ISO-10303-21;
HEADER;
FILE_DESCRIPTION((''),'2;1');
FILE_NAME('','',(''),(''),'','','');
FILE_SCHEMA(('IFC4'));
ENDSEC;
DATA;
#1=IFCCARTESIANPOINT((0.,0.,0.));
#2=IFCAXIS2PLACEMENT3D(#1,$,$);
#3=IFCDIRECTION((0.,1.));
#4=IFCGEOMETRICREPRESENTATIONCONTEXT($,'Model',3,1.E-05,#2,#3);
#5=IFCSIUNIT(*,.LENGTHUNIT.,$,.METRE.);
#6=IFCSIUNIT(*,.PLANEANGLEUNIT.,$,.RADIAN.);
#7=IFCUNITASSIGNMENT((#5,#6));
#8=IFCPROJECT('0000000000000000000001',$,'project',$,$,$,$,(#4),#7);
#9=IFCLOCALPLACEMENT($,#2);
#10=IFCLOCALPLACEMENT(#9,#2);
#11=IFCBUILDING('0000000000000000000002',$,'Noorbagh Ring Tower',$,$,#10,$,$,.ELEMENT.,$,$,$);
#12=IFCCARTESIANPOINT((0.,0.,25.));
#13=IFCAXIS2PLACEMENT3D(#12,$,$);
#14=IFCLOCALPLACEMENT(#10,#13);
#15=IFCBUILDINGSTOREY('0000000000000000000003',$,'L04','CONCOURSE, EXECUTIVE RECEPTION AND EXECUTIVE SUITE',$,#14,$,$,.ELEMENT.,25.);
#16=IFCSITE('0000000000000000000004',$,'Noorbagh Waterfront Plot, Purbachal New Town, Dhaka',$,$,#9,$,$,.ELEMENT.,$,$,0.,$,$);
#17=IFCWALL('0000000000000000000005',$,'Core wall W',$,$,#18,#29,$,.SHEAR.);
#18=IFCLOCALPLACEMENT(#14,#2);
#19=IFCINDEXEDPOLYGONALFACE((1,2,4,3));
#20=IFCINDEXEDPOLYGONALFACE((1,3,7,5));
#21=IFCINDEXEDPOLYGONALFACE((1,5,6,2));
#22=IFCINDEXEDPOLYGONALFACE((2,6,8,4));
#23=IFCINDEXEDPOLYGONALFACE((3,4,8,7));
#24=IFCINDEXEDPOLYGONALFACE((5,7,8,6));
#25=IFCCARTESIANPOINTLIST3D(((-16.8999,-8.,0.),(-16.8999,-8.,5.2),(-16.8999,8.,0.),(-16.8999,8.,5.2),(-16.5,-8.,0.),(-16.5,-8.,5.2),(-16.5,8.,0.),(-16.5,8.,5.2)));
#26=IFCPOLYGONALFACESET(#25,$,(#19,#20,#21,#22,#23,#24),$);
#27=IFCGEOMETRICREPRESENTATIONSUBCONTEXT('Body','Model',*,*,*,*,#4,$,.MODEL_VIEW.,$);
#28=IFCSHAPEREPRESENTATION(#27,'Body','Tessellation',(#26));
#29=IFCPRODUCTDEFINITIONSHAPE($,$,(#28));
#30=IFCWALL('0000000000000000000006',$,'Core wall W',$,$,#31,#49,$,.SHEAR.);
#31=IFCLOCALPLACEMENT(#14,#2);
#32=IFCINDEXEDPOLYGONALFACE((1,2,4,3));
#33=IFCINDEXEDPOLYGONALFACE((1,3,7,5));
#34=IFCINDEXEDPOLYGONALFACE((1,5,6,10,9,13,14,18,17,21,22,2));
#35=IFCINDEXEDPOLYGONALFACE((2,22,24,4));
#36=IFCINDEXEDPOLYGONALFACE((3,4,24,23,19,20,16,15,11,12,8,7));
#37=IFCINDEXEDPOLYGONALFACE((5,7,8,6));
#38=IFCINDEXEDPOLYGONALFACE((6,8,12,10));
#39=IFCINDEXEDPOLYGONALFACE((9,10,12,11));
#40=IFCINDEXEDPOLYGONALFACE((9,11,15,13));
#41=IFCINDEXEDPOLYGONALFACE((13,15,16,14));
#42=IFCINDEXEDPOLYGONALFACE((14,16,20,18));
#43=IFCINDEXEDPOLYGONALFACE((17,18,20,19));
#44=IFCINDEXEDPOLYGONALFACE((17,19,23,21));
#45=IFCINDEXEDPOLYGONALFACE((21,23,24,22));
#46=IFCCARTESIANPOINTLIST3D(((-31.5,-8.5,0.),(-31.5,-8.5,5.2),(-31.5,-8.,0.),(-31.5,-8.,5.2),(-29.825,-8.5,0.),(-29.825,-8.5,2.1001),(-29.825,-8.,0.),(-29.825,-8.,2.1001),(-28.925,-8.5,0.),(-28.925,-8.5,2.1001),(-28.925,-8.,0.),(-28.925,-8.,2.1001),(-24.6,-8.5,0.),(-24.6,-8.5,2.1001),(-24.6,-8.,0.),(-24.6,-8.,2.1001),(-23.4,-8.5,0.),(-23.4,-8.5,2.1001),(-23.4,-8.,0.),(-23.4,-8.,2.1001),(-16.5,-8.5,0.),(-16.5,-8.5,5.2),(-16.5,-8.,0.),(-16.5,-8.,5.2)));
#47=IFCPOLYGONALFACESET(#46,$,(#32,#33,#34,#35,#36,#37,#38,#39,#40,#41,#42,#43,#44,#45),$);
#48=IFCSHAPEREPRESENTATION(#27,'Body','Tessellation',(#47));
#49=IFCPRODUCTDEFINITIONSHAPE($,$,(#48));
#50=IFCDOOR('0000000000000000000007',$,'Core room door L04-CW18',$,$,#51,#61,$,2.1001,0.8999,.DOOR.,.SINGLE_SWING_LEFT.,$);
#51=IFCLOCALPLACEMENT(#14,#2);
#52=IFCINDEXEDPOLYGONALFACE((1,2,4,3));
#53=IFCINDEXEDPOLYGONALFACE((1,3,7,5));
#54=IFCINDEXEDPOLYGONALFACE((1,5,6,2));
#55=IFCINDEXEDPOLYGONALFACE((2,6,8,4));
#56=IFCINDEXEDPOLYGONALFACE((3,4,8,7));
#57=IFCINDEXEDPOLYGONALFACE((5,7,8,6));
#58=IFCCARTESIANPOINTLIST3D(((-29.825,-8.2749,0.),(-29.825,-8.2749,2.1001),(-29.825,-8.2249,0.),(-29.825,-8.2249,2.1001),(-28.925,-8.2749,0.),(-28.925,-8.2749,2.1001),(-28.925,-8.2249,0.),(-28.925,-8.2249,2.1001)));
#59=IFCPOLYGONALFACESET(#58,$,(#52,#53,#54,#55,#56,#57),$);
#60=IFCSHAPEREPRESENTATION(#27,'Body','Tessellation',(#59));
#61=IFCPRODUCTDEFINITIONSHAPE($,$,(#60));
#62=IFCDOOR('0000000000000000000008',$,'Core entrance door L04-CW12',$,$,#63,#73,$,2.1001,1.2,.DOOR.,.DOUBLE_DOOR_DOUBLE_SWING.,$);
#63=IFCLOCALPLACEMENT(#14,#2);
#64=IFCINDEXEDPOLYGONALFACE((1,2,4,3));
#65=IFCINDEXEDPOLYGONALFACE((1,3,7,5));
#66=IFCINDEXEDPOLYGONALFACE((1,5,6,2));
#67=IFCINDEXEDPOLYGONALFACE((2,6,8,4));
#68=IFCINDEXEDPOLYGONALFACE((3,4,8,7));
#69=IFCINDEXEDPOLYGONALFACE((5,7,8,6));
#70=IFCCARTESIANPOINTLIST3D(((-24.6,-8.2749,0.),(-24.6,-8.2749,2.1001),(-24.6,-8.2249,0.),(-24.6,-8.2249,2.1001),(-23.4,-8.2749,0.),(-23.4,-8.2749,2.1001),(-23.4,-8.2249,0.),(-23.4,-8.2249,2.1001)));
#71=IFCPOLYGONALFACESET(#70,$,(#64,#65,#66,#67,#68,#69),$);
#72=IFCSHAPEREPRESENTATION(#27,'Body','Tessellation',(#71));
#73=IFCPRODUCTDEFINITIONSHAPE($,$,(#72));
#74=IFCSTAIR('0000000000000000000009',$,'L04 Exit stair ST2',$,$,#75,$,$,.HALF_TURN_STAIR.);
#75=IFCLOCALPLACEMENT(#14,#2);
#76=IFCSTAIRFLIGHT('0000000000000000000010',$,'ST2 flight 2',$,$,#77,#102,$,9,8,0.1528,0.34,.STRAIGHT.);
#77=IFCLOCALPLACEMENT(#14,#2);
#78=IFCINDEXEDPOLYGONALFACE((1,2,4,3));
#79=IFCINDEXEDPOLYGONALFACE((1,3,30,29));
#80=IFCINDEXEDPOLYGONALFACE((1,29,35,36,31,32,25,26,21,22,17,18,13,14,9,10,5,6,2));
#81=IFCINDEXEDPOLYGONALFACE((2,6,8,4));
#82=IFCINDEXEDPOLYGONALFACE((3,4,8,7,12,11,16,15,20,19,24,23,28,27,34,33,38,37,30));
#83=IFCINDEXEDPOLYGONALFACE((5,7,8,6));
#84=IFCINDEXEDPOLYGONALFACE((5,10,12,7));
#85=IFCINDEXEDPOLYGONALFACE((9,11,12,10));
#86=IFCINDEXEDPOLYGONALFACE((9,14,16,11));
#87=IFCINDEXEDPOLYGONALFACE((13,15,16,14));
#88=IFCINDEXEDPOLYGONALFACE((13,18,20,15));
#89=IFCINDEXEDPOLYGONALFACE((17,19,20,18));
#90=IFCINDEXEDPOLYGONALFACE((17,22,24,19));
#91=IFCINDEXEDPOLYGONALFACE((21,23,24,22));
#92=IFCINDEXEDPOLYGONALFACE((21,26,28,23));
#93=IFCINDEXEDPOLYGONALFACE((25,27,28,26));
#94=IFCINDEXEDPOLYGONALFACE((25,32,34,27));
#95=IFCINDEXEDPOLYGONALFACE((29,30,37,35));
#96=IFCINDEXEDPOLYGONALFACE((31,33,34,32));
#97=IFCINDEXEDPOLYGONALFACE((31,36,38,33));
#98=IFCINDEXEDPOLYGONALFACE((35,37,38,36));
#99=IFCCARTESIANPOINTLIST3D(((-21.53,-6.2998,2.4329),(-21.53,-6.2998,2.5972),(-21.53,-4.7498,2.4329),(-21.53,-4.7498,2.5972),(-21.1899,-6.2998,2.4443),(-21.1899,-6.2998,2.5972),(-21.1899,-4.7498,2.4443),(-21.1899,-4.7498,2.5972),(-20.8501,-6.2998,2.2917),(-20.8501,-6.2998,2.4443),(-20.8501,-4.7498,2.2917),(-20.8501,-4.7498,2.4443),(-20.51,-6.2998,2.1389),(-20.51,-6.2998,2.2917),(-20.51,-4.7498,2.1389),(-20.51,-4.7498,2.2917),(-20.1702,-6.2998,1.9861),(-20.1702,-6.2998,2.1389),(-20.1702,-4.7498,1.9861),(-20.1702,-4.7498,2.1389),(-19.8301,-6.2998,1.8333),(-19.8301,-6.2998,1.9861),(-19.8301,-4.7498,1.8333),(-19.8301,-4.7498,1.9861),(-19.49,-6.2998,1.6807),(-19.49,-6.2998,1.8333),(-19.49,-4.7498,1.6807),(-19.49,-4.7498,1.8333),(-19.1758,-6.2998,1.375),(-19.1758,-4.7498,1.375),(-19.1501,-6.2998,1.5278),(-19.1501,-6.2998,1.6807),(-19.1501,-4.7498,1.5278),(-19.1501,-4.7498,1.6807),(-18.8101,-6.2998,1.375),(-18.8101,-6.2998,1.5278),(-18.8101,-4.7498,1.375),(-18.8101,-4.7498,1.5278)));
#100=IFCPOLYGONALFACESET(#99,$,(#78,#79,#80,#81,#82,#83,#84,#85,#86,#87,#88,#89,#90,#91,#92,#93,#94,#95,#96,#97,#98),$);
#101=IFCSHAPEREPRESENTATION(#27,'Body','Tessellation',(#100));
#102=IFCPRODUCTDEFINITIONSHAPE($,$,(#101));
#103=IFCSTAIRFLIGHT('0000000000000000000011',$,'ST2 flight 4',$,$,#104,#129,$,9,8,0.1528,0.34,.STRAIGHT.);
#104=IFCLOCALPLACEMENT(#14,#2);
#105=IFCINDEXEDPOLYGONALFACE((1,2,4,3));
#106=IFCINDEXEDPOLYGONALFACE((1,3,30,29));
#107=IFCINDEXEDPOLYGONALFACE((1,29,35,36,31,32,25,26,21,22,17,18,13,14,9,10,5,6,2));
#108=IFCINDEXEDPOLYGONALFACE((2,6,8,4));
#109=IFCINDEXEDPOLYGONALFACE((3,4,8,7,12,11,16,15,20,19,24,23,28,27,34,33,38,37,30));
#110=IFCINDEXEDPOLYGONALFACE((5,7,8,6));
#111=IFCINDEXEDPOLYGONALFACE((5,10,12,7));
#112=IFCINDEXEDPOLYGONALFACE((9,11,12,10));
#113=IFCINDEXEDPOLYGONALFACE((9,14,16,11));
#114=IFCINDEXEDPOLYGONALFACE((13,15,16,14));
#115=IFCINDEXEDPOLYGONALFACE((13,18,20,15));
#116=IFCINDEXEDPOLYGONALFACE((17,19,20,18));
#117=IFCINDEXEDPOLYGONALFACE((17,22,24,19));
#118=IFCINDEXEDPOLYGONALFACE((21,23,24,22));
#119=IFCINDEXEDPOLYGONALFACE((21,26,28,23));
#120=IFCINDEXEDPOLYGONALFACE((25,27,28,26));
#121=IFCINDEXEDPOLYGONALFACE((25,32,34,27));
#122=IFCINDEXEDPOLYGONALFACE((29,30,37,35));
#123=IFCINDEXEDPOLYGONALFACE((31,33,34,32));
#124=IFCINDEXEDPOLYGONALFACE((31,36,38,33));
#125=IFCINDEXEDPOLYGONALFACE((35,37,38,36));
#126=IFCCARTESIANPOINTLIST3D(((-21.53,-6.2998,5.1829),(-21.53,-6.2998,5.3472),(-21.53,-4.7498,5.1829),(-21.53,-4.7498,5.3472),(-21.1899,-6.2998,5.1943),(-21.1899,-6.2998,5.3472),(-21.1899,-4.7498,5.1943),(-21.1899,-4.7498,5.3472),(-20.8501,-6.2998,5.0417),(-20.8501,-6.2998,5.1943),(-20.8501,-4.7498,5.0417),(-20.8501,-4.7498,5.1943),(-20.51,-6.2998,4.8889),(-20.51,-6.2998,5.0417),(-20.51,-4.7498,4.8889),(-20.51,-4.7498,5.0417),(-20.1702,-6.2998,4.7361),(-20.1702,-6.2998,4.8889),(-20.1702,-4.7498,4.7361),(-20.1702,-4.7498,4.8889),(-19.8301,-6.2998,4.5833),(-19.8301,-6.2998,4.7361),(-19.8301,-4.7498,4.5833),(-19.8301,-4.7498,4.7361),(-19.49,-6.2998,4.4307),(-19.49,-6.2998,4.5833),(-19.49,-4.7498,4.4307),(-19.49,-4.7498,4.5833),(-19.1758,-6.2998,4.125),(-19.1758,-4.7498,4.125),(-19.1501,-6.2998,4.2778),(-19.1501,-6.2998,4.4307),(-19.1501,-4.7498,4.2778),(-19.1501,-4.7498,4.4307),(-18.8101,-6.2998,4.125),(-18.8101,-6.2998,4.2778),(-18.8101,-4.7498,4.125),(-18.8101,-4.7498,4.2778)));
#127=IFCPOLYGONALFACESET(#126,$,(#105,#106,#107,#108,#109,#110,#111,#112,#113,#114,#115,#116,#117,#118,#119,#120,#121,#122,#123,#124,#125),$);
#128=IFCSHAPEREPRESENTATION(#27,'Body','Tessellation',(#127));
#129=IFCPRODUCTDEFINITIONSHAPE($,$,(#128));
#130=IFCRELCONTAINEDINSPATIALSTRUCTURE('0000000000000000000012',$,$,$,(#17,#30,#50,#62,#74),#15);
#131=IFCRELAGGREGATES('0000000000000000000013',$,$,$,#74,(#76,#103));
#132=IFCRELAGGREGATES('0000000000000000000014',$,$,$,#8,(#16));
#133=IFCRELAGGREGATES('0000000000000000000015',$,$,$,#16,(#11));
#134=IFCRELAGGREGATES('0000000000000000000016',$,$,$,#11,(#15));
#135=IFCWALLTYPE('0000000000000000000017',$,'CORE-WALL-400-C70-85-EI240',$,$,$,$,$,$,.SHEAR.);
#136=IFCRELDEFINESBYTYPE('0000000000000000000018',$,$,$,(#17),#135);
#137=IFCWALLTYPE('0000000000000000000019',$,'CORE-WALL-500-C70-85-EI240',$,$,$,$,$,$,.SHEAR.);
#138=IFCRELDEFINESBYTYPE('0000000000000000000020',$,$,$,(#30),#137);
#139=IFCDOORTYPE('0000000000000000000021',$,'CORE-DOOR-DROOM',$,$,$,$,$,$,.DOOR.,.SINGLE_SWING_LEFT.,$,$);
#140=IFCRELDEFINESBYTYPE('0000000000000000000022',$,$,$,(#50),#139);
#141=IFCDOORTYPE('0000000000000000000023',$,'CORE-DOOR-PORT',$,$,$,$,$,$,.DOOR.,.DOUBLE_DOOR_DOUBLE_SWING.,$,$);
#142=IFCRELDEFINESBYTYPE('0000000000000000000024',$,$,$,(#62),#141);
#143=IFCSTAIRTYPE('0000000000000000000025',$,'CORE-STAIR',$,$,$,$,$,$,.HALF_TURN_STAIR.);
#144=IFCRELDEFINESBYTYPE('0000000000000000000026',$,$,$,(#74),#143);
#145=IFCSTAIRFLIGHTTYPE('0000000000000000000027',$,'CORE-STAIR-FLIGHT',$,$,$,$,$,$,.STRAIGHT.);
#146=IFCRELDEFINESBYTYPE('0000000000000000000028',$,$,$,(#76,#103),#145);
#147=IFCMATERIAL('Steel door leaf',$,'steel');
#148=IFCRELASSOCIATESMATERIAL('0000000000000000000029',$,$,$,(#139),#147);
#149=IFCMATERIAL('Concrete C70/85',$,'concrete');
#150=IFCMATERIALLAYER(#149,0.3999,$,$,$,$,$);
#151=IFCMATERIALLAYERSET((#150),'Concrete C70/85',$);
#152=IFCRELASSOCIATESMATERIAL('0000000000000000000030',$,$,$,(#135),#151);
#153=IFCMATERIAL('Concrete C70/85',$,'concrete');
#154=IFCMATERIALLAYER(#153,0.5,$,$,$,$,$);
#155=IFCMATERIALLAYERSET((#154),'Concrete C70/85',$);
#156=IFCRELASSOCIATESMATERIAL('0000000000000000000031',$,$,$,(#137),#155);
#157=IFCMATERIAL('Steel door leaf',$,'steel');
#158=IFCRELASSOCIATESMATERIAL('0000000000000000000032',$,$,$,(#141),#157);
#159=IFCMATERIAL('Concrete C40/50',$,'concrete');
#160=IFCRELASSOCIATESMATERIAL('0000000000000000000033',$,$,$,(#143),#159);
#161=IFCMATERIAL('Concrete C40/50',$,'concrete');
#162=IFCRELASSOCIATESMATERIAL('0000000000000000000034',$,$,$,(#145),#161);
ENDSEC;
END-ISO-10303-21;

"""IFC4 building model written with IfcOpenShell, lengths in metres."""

from ifc_helpers import new_model, si_unit, direction, frame, frame_2d, origin, place, context, subcontext, project, spatial, polyline, rectangle, outline, extrude, material, layer, layer_set, type_object, element, fill, aggregate, save


model = new_model("IFC4")

# Units and contexts
model_context = context("Model", 3, precision=1e-05, world=origin(), true_north=direction((0.0, 1.0)))
body_context = subcontext(model_context, "Body", "Model", "MODEL_VIEW")
ifc_project = project(units=[si_unit("LENGTHUNIT", "METRE"), si_unit("PLANEANGLEUNIT", "RADIAN")], contexts=[model_context])

# Site, building, storey
site_placement = place(None, origin())
site = spatial("IfcSite", under=ifc_project, at=site_placement, Name="Noorbagh Waterfront Plot, Purbachal New Town, Dhaka", CompositionType="ELEMENT", RefElevation=0.0)
building_placement = place(site_placement, origin())
building = spatial("IfcBuilding", under=site, at=building_placement, Name="Noorbagh Ring Tower", CompositionType="ELEMENT")
storey_placement = place(building_placement, frame((0.0, 0.0, 25.0)))
storey = spatial("IfcBuildingStorey", under=building, at=storey_placement, Name="L04", Description="CONCOURSE, EXECUTIVE RECEPTION AND EXECUTIVE SUITE", CompositionType="ELEMENT", Elevation=25.0)

# Shared definitions
ifc_material_1 = material(Name="Steel door leaf", Category="steel")
door_type_1 = type_object("IfcDoorType", Name="CORE-DOOR-DROOM", OperationType="SINGLE_SWING_LEFT", PredefinedType="DOOR", material=ifc_material_1)

# Wall
ifc_material_2 = material(Name="Concrete C70/85", Category="concrete")
ifc_layer_1 = layer(ifc_material_2, 0.3999)
ifc_layer_set_1 = layer_set([ifc_layer_1], Name="Concrete C70/85")
wall_type_1 = type_object("IfcWallType", Name="CORE-WALL-400-C70-85-EI240", PredefinedType="SHEAR", material=ifc_layer_set_1)
wall_1_placement = place(storey_placement, frame((-16.7, -8.0, 0.0), z_axis=(0.0, 0.0, 1.0), x_axis=(0.0, 1.0, 0.0)))
element("IfcWall", 1, at=wall_1_placement, inside=storey, type_object=wall_type_1, Name="Core wall W", PredefinedType="SHEAR", context=body_context, shape_type="SweptSolid", body=[
    extrude(rectangle(XDim=16.0, YDim=0.3999, at=frame_2d((8.0, 0.0))), origin(), (0.0, 0.0, 1.0), 5.2),
])

# Wall, openings, doors
ifc_material_3 = material(Name="Concrete C70/85", Category="concrete")
ifc_layer_2 = layer(ifc_material_3, 0.5)
ifc_layer_set_2 = layer_set([ifc_layer_2], Name="Concrete C70/85")
wall_type_2 = type_object("IfcWallType", Name="CORE-WALL-500-C70-85-EI240", PredefinedType="SHEAR", material=ifc_layer_set_2)
wall_2_placement = place(storey_placement, frame((-16.5, -8.25, 0.0), z_axis=(0.0, 0.0, 1.0), x_axis=(-1.0, 0.0, 0.0)))
wall_2 = element("IfcWall", 2, at=wall_2_placement, inside=storey, type_object=wall_type_2, Name="Core wall W", PredefinedType="SHEAR", context=body_context, shape_type="SweptSolid", body=[
    extrude(rectangle(XDim=15.0, YDim=0.5, at=frame_2d((7.5, 0.0))), origin(), (0.0, 0.0, 1.0), 5.2),
])
opening_1_placement = place(wall_2_placement, frame((6.8999, 0.0, 0.0)))
opening_1 = element("IfcOpeningElement", 3, at=opening_1_placement, cuts=wall_2, PredefinedType="OPENING", context=body_context, shape_type="SweptSolid", body=[
    extrude(rectangle(XDim=1.2, YDim=2.1001, at=frame_2d((0.6001, 1.05))), frame((0.0, 0.26, 0.0), z_axis=(0.0, -1.0, 0.0), x_axis=(1.0, 0.0, 0.0)), (0.0, 0.0, 1.0), 0.52),
])
opening_2_placement = place(wall_2_placement, frame((12.425, 0.0, 0.0)))
opening_2 = element("IfcOpeningElement", 4, at=opening_2_placement, cuts=wall_2, PredefinedType="OPENING", context=body_context, shape_type="SweptSolid", body=[
    extrude(rectangle(XDim=0.8999, YDim=2.1001, at=frame_2d((0.45, 1.05))), frame((0.0, 0.26, 0.0), z_axis=(0.0, -1.0, 0.0), x_axis=(1.0, 0.0, 0.0)), (0.0, 0.0, 1.0), 0.52),
])
door_1_placement = place(opening_2_placement, origin())
door_1 = element("IfcDoor", 5, at=door_1_placement, inside=storey, type_object=door_type_1, Name="Core room door L04-CW18", OperationType="SINGLE_SWING_LEFT", OverallHeight=2.1001, OverallWidth=0.8999, PredefinedType="DOOR", context=body_context, shape_type="SweptSolid", body=[
    extrude(rectangle(XDim=0.8999, YDim=2.1001, at=frame_2d((0.45, 1.05))), frame((0.0, 0.0249, 0.0), z_axis=(0.0, -1.0, 0.0), x_axis=(1.0, 0.0, 0.0)), (0.0, 0.0, 1.0), 0.05),
])
fill(opening_2, door_1)
ifc_material_4 = material(Name="Steel door leaf", Category="steel")
door_type_2 = type_object("IfcDoorType", Name="CORE-DOOR-PORT", OperationType="DOUBLE_DOOR_DOUBLE_SWING", PredefinedType="DOOR", material=ifc_material_4)
door_2_placement = place(opening_1_placement, origin())
door_2 = element("IfcDoor", 6, at=door_2_placement, inside=storey, type_object=door_type_2, Name="Core entrance door L04-CW12", OperationType="DOUBLE_DOOR_DOUBLE_SWING", OverallHeight=2.1001, OverallWidth=1.2, PredefinedType="DOOR", context=body_context, shape_type="SweptSolid", body=[
    extrude(rectangle(XDim=1.2, YDim=2.1001, at=frame_2d((0.6001, 1.05))), frame((0.0, 0.0249, 0.0), z_axis=(0.0, -1.0, 0.0), x_axis=(1.0, 0.0, 0.0)), (0.0, 0.0, 1.0), 0.05),
])
fill(opening_1, door_2)

# Stair, stair flights
ifc_material_5 = material(Name="Concrete C40/50", Category="concrete")
stair_type = type_object("IfcStairType", Name="CORE-STAIR", PredefinedType="HALF_TURN_STAIR", material=ifc_material_5)
stair_placement = place(storey_placement, origin())
stair = element("IfcStair", 7, at=stair_placement, inside=storey, type_object=stair_type, Name="L04 Exit stair ST2", PredefinedType="HALF_TURN_STAIR")
ifc_material_6 = material(Name="Concrete C40/50", Category="concrete")
stair_flight_type = type_object("IfcStairFlightType", Name="CORE-STAIR-FLIGHT", PredefinedType="STRAIGHT", material=ifc_material_6)
stair_flight_1_placement = place(storey_placement, frame((-18.8101, -5.5249, 1.375), z_axis=(0.0, 0.0, 1.0), x_axis=(-1.0, 0.0, 0.0)))
stair_flight_1 = element("IfcStairFlight", 8, at=stair_flight_1_placement, type_object=stair_flight_type, Name="ST2 flight 2", NumberOfRisers=9, NumberOfTreads=8, PredefinedType="STRAIGHT", RiserHeight=0.1528, TreadLength=0.34, context=body_context, shape_type="SweptSolid", body=[
    extrude(outline(polyline([(0.0, 0.0), (0.0, 0.1528), (0.3401, 0.1528), (0.3401, 0.3057), (0.6799, 0.3057), (0.6799, 0.4583), (1.02, 0.4583), (1.02, 0.6111), (1.3601, 0.6111), (1.3601, 0.7639), (1.7, 0.7639), (1.7, 0.9167), (2.04, 0.9167), (2.04, 1.0693), (2.3799, 1.0693), (2.3799, 1.2222), (2.72, 1.2222), (2.72, 1.375), (2.72, 1.0579), (0.3657, 0.0), (0.0, 0.0)])), frame((0.0, 0.7749, 0.0), z_axis=(0.0, -1.0, 0.0), x_axis=(1.0, 0.0, 0.0)), (0.0, 0.0, 1.0), 1.55),
])
stair_flight_2_placement = place(storey_placement, frame((-18.8101, -5.5249, 4.125), z_axis=(0.0, 0.0, 1.0), x_axis=(-1.0, 0.0, 0.0)))
stair_flight_2 = element("IfcStairFlight", 9, at=stair_flight_2_placement, type_object=stair_flight_type, Name="ST2 flight 4", NumberOfRisers=9, NumberOfTreads=8, PredefinedType="STRAIGHT", RiserHeight=0.1528, TreadLength=0.34, context=body_context, shape_type="SweptSolid", body=[
    extrude(outline(polyline([(0.0, 0.0), (0.0, 0.1528), (0.3401, 0.1528), (0.3401, 0.3057), (0.6799, 0.3057), (0.6799, 0.4583), (1.02, 0.4583), (1.02, 0.6111), (1.3601, 0.6111), (1.3601, 0.7639), (1.7, 0.7639), (1.7, 0.9167), (2.04, 0.9167), (2.04, 1.0693), (2.3799, 1.0693), (2.3799, 1.2222), (2.72, 1.2222), (2.72, 1.375), (2.72, 1.0579), (0.3657, 0.0), (0.0, 0.0)])), frame((0.0, 0.7749, 0.0), z_axis=(0.0, -1.0, 0.0), x_axis=(1.0, 0.0, 0.0)), (0.0, 0.0, 1.0), 1.55),
])
aggregate(stair, [stair_flight_1, stair_flight_2])

save(model, "model.ifc")
